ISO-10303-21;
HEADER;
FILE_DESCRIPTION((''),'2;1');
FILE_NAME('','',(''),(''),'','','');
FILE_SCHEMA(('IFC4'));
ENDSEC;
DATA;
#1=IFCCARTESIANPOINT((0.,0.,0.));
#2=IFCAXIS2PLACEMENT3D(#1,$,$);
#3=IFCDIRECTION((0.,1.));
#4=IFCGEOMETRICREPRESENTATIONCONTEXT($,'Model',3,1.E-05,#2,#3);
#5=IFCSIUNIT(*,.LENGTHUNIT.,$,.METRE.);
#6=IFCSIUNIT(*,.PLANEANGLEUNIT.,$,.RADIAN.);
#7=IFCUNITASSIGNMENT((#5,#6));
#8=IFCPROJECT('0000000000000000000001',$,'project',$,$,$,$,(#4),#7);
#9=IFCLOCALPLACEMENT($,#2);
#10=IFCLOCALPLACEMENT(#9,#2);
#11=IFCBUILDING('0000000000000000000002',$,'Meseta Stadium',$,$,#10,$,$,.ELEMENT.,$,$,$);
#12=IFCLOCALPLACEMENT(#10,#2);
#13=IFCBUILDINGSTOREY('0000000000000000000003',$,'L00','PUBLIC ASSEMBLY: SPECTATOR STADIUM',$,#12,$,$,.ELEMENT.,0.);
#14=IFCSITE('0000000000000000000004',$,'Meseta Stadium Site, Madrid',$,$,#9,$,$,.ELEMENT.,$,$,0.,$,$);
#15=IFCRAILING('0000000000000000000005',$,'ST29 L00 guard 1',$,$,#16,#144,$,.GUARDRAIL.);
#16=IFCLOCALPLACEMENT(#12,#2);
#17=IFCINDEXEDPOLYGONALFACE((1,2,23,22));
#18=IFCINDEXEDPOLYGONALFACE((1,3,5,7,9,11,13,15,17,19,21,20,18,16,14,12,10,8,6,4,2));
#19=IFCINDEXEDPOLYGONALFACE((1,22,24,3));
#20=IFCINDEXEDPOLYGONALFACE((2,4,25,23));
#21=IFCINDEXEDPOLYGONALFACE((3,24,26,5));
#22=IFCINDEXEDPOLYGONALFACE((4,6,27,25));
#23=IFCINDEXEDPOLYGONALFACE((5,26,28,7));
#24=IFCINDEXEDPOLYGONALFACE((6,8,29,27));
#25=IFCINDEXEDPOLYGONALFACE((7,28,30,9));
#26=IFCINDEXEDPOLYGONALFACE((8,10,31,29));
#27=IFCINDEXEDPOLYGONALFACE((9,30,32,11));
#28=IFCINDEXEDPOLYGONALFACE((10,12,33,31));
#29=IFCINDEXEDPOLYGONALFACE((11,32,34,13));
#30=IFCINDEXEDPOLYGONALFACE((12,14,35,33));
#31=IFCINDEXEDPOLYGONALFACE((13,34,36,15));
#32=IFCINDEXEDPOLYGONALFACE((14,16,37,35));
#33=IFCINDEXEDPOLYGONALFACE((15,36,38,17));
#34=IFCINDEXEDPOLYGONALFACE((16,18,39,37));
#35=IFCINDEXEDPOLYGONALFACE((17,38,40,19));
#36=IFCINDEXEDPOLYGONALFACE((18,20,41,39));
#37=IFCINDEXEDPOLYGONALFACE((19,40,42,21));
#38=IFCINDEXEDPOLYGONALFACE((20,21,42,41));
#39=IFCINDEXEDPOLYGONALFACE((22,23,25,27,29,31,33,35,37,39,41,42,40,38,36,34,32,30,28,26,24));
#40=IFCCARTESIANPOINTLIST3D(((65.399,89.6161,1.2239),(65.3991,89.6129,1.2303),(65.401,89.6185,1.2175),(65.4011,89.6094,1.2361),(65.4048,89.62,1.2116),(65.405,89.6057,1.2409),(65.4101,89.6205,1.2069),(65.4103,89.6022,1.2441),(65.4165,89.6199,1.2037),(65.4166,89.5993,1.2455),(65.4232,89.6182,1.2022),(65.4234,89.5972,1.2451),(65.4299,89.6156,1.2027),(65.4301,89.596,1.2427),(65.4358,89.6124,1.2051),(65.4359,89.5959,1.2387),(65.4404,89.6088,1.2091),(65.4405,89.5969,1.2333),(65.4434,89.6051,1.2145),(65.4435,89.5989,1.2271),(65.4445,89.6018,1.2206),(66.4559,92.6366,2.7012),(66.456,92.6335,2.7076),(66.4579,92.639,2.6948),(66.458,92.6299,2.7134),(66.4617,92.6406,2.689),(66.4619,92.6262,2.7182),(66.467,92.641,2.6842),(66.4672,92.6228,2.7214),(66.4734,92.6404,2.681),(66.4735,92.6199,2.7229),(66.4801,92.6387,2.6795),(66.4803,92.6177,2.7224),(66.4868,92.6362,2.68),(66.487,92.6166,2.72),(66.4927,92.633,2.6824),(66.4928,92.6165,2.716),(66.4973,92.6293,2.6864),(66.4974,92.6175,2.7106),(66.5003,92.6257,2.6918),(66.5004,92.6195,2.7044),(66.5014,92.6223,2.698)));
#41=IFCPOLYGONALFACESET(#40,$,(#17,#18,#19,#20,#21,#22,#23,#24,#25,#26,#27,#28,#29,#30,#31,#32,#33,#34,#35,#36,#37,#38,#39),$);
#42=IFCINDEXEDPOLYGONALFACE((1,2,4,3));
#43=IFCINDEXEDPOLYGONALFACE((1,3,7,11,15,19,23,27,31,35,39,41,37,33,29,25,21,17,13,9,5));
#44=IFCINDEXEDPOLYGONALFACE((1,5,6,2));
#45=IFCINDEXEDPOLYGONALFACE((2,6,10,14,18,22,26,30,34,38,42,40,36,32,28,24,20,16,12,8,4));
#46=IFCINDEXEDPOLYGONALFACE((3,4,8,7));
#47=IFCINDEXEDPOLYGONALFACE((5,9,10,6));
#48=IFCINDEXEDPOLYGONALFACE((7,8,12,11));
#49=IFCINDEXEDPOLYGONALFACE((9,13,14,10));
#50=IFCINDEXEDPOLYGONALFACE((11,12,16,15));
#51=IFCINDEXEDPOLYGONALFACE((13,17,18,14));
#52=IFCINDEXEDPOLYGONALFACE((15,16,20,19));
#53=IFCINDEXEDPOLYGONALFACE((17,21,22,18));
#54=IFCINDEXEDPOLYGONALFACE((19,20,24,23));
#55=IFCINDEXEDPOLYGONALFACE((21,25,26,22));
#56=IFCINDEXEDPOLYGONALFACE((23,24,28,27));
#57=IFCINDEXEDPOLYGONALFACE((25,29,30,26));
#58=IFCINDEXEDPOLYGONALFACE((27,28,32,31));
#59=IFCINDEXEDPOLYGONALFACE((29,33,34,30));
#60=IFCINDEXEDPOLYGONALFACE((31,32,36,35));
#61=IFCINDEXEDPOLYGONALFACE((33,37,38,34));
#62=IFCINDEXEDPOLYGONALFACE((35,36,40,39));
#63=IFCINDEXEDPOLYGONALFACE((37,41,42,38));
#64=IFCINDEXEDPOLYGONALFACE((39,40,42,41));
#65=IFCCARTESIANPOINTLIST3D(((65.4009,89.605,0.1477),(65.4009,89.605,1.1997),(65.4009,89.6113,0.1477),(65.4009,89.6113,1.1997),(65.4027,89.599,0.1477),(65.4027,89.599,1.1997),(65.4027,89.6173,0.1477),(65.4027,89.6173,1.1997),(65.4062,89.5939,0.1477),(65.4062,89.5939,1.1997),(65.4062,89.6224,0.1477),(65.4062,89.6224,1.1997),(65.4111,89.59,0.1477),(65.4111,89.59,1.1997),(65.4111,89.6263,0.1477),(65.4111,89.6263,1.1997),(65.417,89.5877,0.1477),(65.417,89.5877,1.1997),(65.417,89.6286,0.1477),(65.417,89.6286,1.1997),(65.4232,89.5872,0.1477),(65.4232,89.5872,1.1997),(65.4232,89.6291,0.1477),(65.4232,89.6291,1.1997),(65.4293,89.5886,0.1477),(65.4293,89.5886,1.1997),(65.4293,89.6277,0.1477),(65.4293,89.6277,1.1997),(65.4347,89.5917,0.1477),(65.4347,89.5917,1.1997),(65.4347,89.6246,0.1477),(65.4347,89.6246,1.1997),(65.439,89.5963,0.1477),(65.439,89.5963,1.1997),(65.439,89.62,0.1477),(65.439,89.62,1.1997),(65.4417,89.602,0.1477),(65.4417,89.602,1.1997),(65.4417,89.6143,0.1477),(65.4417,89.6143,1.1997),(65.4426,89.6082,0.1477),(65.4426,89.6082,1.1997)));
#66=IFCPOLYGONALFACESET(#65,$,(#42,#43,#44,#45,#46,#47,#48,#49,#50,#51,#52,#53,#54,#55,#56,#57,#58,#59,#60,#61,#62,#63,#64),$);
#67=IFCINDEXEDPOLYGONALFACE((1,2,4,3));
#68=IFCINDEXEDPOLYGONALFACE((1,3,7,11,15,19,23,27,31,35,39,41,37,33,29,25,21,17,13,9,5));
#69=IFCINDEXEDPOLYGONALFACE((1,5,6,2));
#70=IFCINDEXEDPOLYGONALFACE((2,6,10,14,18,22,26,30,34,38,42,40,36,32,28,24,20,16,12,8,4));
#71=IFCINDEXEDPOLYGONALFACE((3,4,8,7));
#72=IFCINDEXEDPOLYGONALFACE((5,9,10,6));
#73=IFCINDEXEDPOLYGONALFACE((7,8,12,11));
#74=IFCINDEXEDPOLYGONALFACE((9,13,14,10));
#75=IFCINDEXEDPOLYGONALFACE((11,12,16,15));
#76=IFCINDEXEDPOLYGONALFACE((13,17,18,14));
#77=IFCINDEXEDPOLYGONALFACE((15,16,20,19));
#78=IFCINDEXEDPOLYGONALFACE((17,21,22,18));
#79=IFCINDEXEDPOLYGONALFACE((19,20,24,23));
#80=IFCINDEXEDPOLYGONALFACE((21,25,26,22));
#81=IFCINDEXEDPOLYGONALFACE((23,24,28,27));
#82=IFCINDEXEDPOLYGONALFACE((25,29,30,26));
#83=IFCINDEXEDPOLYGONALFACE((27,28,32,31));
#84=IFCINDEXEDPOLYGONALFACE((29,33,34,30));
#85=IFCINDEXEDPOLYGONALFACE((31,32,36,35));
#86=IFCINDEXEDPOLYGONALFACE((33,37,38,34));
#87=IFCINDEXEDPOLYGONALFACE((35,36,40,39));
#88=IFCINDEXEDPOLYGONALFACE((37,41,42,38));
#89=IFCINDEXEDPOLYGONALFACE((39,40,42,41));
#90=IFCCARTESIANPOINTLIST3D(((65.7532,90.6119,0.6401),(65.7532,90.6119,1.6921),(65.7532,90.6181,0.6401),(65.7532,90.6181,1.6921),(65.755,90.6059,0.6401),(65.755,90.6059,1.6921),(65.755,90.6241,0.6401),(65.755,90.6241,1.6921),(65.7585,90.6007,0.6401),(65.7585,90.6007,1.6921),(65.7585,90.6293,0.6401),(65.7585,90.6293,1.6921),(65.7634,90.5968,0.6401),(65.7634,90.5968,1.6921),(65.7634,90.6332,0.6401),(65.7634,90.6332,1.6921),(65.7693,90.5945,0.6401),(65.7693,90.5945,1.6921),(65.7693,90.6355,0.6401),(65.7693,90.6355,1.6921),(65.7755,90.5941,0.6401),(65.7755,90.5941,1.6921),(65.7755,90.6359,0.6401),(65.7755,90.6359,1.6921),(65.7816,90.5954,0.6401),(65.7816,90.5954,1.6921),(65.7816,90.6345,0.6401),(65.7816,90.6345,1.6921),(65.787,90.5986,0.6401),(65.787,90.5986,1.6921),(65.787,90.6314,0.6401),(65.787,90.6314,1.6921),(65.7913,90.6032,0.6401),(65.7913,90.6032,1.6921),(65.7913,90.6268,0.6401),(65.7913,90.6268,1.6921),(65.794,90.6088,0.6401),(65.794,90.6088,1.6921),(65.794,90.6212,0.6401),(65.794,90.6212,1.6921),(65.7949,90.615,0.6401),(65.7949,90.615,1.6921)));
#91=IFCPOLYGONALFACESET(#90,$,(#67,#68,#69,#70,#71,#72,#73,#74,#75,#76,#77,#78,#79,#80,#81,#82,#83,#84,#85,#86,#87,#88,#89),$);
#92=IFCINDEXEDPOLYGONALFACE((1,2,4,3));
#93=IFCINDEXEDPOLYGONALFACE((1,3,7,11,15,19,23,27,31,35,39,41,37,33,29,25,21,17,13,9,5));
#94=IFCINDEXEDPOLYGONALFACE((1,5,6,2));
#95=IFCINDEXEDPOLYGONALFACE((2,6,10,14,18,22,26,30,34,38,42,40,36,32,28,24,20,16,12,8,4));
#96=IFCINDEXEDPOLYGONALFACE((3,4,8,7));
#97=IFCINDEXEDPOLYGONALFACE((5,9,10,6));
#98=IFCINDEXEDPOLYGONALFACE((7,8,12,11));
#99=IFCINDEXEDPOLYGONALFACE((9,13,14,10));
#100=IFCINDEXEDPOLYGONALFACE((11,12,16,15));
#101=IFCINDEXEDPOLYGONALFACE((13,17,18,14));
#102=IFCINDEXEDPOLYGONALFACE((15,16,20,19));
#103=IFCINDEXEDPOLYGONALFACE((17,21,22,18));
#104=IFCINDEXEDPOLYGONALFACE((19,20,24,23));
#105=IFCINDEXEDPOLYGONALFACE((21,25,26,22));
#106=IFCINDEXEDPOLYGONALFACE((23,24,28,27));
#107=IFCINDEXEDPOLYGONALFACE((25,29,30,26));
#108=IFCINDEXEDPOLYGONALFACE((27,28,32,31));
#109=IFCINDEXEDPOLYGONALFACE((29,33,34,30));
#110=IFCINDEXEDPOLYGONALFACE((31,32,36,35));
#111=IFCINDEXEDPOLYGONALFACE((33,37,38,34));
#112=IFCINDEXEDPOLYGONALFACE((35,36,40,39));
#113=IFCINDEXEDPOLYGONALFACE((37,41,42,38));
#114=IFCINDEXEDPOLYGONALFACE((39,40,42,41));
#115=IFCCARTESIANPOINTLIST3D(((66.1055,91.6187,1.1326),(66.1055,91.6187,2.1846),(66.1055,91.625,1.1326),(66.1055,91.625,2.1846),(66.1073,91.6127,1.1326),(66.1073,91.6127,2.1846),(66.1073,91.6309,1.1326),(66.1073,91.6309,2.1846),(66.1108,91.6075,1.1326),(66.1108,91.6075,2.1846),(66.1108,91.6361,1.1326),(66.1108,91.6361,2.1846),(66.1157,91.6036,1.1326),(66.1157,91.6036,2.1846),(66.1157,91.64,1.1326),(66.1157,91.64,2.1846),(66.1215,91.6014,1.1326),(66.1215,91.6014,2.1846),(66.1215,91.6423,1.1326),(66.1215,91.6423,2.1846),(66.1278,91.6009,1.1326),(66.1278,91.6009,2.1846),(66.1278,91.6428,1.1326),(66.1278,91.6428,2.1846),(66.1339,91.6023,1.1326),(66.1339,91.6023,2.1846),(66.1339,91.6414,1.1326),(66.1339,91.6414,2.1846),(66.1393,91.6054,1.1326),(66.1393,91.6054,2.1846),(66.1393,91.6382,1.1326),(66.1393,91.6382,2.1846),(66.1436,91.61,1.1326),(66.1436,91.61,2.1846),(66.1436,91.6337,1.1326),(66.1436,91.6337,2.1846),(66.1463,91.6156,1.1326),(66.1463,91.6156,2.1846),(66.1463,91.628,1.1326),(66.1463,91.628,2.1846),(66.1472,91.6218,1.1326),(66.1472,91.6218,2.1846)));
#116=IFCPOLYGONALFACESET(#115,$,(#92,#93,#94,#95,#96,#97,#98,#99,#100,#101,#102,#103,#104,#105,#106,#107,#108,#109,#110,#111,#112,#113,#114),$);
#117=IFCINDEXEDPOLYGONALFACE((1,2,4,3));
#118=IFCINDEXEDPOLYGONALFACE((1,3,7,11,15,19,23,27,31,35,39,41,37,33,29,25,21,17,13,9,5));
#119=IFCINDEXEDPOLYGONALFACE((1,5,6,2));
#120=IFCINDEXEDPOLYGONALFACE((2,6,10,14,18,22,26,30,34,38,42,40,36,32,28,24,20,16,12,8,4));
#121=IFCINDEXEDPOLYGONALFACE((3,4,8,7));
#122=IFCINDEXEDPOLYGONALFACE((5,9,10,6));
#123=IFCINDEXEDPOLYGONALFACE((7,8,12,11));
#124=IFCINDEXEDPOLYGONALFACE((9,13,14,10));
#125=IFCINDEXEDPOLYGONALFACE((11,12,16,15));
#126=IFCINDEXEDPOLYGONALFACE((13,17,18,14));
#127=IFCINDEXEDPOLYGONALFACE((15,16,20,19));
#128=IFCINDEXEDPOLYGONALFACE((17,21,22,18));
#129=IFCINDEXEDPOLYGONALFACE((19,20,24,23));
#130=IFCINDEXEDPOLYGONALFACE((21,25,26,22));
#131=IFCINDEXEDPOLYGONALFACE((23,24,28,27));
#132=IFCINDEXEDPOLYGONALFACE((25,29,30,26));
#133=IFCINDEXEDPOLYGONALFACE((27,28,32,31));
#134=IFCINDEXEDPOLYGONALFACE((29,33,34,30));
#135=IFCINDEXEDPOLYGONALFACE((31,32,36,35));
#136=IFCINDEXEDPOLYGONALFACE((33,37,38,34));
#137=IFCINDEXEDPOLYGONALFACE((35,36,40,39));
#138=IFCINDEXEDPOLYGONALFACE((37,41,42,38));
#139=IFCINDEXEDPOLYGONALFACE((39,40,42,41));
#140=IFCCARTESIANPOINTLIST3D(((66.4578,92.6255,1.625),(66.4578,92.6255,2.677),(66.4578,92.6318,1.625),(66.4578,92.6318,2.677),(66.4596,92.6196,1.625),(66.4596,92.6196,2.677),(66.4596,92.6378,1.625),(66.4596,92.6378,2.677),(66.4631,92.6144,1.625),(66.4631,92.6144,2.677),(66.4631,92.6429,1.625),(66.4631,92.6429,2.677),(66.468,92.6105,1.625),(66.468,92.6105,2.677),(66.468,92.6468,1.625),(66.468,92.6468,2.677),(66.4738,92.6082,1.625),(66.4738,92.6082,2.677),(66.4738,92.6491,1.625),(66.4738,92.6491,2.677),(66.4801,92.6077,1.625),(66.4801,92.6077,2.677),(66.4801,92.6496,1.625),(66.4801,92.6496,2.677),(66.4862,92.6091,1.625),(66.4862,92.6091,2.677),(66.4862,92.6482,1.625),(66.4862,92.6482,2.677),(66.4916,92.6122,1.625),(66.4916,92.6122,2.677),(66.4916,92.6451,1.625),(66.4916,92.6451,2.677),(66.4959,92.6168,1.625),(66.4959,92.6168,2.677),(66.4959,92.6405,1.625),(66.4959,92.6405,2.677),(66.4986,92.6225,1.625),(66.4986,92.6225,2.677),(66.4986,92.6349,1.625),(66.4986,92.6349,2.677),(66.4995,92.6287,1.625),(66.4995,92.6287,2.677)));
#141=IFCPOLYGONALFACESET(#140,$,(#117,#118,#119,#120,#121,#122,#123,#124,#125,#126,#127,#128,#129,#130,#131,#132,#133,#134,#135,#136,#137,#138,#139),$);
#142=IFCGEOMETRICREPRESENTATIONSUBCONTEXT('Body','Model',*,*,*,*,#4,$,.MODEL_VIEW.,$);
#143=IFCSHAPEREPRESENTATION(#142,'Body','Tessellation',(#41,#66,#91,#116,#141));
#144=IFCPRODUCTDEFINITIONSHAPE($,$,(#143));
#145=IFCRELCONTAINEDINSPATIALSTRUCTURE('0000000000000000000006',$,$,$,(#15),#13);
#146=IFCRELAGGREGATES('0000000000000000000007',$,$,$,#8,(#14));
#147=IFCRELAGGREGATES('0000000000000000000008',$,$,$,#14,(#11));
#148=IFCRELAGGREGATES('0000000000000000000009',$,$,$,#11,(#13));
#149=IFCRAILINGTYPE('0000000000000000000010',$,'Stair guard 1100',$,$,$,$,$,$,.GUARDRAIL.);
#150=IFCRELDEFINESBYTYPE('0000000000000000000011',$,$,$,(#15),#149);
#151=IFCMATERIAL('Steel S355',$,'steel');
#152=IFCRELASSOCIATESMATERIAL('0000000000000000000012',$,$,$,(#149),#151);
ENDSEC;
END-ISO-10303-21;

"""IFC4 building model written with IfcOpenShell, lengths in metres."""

from ifc_helpers import new_model, si_unit, direction, frame, origin, origin_2d, place, context, subcontext, project, spatial, circle, extrude, material, type_object, element, save


model = new_model("IFC4")

# Units and contexts
model_context = context("Model", 3, precision=1e-05, world=origin(), true_north=direction((0.0, 1.0)))
body_context = subcontext(model_context, "Body", "Model", "MODEL_VIEW")
ifc_project = project(units=[si_unit("LENGTHUNIT", "METRE"), si_unit("PLANEANGLEUNIT", "RADIAN")], contexts=[model_context])

# Site, building, storey
site_placement = place(None, origin())
site = spatial("IfcSite", under=ifc_project, at=site_placement, Name="Meseta Stadium Site, Madrid", CompositionType="ELEMENT", RefElevation=0.0)
building_placement = place(site_placement, origin())
building = spatial("IfcBuilding", under=site, at=building_placement, Name="Meseta Stadium", CompositionType="ELEMENT")
storey_placement = place(building_placement, origin())
storey = spatial("IfcBuildingStorey", under=building, at=storey_placement, Name="L00", Description="PUBLIC ASSEMBLY: SPECTATOR STADIUM", CompositionType="ELEMENT", Elevation=0.0)

# Railing
ifc_material_1 = material(Name="Steel S355", Category="steel")
railing_type_1 = type_object("IfcRailingType", Name="Stair guard 1100", PredefinedType="GUARDRAIL", material=ifc_material_1)
railing_1_placement = place(storey_placement, frame((65.4216, 89.6082, 0.1477)))
element("IfcRailing", 1, at=railing_1_placement, inside=storey, type_object=railing_type_1, Name="ST29 L00 guard 1", PredefinedType="GUARDRAIL", context=body_context, shape_type="SweptSolid", body=[
    extrude(circle(Radius=0.0239, at=origin_2d()), frame((0.0, 0.0, 1.0762), z_axis=(0.299859, 0.856977, 0.419137), x_axis=(-0.943887, 0.330269, 0.0)), (0.0, 0.0, 1.0), 3.5247),
    extrude(circle(Radius=0.021, at=origin_2d()), origin(), (0.0, 0.0, 1.0), 1.052),
    extrude(circle(Radius=0.021, at=origin_2d()), frame((0.3523, 1.0068, 0.4924)), (0.0, 0.0, 1.0), 1.052),
    extrude(circle(Radius=0.021, at=origin_2d()), frame((0.7046, 2.0137, 0.9849)), (0.0, 0.0, 1.0), 1.052),
    extrude(circle(Radius=0.021, at=origin_2d()), frame((1.0569, 3.0205, 1.4773)), (0.0, 0.0, 1.0), 1.052),
])

save(model, "model.ifc")
